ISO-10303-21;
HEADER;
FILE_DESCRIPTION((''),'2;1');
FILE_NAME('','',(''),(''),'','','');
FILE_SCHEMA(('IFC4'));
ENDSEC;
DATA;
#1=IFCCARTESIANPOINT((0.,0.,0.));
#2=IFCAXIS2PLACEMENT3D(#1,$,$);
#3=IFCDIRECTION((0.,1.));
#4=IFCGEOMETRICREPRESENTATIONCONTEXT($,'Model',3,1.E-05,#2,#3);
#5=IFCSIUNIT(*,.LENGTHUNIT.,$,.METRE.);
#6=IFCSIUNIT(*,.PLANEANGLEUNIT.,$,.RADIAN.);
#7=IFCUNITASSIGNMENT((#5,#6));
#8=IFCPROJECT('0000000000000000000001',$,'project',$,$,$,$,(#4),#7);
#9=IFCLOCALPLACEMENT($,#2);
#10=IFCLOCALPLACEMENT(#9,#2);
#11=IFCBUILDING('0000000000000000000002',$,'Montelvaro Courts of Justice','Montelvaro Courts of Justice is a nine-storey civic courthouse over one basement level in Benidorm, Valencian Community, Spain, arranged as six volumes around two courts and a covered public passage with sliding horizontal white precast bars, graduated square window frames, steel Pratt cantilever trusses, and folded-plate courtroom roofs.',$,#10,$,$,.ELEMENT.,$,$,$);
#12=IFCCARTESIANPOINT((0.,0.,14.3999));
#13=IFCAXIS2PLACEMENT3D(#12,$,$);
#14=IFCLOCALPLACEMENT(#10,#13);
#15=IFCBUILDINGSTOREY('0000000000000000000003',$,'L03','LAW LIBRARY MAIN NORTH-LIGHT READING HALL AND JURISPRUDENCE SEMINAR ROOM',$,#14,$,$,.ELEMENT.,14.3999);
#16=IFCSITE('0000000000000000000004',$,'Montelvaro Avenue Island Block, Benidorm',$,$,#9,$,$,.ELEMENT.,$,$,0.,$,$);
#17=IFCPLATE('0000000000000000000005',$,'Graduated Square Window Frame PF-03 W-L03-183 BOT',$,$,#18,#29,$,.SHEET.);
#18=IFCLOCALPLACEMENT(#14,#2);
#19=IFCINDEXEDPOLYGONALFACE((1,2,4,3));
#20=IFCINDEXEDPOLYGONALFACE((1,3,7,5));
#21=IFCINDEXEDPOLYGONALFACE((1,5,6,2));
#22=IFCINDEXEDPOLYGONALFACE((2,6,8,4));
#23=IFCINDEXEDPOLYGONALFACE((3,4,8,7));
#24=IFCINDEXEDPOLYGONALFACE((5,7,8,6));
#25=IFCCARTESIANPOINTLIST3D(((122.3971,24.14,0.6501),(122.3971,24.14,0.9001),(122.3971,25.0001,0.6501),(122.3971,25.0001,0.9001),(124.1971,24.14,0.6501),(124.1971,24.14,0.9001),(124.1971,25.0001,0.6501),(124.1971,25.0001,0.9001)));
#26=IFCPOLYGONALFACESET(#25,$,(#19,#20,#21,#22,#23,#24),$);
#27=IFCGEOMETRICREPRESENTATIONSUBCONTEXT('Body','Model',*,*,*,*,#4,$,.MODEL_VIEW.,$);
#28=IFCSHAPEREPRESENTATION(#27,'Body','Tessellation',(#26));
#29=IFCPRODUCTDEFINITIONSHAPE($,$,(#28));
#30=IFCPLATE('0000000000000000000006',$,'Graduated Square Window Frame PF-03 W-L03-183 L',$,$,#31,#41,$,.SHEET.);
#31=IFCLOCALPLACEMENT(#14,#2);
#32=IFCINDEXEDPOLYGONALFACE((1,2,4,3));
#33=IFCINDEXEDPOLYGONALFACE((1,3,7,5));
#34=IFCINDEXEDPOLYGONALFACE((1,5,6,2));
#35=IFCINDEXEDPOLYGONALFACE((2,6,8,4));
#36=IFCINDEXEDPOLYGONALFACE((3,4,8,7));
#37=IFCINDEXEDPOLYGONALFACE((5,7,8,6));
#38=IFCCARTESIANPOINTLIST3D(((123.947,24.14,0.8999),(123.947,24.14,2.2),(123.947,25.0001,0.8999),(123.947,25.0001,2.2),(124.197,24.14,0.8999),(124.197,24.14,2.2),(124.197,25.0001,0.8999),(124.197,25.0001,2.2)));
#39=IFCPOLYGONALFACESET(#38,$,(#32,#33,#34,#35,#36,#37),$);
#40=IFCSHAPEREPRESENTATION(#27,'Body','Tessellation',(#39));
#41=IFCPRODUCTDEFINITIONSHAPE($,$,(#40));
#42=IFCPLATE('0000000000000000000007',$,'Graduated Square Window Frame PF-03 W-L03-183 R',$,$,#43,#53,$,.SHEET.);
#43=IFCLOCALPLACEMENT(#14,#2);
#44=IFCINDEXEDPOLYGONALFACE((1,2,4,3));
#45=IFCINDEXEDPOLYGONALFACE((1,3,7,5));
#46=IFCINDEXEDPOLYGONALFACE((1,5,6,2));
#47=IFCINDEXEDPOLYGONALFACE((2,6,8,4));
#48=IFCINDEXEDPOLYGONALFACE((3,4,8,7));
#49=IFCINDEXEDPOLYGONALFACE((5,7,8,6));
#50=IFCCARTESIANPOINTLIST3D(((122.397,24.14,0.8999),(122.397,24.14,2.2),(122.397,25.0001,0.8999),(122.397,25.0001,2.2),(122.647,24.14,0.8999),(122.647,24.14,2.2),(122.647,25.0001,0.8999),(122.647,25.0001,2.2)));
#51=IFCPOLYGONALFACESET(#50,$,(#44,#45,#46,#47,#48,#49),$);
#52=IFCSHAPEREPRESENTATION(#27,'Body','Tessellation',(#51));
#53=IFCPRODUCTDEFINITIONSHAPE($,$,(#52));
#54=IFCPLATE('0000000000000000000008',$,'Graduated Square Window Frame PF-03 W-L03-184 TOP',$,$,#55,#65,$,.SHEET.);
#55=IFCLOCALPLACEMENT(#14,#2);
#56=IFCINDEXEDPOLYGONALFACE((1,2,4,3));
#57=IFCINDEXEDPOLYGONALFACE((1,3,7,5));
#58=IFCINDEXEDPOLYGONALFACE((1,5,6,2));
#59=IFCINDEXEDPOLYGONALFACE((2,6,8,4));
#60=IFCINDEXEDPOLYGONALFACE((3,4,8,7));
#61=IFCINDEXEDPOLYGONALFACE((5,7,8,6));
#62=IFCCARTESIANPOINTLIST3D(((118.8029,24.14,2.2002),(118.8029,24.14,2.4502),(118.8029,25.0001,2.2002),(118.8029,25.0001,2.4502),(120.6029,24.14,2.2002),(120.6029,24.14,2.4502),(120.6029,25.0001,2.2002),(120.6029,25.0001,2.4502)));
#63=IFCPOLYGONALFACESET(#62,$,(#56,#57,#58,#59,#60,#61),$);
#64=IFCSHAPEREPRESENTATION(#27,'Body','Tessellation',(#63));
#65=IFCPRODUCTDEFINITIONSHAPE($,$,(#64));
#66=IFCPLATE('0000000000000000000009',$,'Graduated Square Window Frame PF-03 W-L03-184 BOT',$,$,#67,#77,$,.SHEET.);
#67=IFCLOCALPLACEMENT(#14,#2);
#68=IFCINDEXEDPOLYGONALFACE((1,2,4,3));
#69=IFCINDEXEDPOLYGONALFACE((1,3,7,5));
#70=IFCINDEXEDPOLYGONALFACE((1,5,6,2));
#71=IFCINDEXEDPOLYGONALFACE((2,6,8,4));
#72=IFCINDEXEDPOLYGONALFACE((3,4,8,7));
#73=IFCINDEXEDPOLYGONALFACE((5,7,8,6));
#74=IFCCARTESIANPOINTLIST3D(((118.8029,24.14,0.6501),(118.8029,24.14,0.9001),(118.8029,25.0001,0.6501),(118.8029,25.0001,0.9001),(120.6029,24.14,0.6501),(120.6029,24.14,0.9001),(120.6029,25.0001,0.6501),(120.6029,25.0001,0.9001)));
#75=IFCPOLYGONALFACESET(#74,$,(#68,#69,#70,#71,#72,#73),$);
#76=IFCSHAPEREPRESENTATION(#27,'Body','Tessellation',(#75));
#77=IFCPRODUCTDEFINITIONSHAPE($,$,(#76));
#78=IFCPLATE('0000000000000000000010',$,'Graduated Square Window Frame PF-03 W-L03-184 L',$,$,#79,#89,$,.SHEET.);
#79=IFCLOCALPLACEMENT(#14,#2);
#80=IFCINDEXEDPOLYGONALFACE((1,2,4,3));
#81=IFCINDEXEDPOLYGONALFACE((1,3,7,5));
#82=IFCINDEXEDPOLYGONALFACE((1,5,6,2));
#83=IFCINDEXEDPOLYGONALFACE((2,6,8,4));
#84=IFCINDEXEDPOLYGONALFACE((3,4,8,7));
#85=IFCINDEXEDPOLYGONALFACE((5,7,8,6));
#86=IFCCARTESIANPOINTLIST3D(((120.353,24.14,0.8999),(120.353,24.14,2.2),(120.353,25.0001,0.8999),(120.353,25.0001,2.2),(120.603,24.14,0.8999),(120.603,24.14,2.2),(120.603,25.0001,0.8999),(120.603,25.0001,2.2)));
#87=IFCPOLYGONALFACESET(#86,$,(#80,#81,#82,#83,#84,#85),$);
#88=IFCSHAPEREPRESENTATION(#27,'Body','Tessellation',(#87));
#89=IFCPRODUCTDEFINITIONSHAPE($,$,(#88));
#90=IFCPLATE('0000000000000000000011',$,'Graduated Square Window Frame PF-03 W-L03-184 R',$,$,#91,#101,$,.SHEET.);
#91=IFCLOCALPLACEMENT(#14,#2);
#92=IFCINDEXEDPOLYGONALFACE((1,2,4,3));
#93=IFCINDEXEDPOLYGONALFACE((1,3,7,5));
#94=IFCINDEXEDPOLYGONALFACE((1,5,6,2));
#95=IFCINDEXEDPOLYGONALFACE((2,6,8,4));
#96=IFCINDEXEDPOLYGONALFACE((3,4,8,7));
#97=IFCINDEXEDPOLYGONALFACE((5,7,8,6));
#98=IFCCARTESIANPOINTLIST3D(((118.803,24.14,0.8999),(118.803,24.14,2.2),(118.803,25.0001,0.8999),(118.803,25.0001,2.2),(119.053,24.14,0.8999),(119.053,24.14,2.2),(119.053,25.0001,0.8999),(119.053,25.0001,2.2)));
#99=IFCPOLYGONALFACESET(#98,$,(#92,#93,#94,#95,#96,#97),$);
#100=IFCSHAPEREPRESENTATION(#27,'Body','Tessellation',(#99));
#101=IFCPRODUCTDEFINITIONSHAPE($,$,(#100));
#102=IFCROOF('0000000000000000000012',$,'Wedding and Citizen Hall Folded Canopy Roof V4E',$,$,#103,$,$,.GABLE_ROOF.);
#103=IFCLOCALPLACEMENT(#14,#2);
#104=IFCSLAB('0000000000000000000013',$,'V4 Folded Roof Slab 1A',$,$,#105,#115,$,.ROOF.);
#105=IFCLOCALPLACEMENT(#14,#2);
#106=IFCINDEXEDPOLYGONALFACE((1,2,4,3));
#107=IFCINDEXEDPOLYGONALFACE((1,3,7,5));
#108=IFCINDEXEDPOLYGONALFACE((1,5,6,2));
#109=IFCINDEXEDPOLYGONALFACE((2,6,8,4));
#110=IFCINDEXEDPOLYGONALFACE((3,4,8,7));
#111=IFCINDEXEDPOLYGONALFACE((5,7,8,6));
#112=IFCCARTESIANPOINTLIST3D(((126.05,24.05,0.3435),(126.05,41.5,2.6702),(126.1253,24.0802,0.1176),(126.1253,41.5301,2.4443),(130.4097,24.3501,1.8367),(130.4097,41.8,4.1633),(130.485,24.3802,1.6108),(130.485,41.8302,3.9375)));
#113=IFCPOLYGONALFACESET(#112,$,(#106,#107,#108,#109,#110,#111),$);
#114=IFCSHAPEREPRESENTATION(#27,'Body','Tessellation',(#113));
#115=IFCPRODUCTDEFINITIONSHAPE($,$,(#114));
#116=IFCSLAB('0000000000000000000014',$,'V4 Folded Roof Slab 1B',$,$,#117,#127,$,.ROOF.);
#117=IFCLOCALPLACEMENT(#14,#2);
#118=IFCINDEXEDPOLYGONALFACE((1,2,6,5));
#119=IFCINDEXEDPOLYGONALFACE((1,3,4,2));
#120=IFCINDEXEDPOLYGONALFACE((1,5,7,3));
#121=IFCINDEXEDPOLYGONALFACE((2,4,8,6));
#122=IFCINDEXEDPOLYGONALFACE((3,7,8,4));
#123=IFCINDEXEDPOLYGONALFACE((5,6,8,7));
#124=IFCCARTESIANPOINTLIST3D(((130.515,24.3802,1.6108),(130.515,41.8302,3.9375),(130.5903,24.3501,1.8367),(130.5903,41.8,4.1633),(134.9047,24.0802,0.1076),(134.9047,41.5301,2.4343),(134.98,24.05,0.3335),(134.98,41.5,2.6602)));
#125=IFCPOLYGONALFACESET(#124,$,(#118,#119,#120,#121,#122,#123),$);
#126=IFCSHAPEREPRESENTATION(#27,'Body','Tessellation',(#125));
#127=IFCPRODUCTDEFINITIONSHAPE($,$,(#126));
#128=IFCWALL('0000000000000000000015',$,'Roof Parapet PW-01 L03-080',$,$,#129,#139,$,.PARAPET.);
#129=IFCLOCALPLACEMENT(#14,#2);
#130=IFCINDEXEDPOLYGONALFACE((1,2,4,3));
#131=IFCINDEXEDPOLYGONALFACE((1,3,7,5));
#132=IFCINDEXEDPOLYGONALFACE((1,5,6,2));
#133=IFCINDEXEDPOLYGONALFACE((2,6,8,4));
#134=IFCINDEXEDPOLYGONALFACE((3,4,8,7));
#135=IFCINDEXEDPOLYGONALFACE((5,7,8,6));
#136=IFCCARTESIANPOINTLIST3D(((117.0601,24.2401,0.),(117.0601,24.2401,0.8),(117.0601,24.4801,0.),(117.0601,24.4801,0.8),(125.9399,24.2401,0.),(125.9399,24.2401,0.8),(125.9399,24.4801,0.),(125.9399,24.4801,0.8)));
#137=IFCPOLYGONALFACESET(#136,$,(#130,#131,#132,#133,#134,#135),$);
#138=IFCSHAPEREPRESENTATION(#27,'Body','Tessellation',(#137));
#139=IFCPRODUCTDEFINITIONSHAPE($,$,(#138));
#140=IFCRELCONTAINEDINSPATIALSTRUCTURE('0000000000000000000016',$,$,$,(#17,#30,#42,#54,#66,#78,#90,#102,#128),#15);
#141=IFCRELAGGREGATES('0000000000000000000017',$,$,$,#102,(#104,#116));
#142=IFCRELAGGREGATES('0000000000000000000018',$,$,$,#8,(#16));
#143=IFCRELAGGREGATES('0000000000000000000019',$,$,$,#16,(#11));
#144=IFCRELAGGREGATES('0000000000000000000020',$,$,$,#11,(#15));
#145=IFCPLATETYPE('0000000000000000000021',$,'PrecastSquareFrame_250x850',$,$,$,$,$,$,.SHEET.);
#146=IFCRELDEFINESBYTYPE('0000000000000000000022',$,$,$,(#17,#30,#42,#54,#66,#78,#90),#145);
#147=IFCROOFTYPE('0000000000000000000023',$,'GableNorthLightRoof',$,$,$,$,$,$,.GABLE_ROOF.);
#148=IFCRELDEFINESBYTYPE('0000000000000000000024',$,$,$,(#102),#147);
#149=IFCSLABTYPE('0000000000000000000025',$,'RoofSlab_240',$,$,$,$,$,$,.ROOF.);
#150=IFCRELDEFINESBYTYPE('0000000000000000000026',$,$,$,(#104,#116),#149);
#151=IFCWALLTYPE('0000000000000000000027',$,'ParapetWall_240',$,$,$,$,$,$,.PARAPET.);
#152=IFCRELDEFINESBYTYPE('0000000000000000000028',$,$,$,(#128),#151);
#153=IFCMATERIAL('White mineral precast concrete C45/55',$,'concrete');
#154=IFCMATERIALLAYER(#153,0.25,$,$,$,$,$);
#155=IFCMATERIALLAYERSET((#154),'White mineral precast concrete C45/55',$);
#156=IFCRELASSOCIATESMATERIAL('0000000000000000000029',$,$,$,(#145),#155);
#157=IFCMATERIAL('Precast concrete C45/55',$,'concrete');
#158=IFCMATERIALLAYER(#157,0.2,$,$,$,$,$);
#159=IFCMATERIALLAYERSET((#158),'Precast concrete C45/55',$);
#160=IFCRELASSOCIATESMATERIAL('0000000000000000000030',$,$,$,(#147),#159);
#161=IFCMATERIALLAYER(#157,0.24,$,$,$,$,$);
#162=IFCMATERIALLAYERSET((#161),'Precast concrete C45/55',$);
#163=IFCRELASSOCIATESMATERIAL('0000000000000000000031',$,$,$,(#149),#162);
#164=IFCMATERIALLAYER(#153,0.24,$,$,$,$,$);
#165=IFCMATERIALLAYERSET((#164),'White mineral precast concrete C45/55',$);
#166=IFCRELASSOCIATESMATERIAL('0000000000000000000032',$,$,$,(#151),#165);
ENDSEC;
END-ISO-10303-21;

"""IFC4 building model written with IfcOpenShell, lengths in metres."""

from ifc_helpers import new_model, si_unit, direction, frame, frame_2d, origin, origin_2d, place, context, subcontext, project, spatial, polyline, rectangle, outline, extrude, material, layer, layer_set, type_object, element, aggregate, save


model = new_model("IFC4")

# Units and contexts
model_context = context("Model", 3, precision=1e-05, world=origin(), true_north=direction((0.0, 1.0)))
body_context = subcontext(model_context, "Body", "Model", "MODEL_VIEW")
ifc_project = project(units=[si_unit("LENGTHUNIT", "METRE"), si_unit("PLANEANGLEUNIT", "RADIAN")], contexts=[model_context])

# Site, building, storey
site_placement = place(None, origin())
site = spatial("IfcSite", under=ifc_project, at=site_placement, Name="Montelvaro Avenue Island Block, Benidorm", CompositionType="ELEMENT", RefElevation=0.0)
building_placement = place(site_placement, origin())
building = spatial("IfcBuilding", under=site, at=building_placement, Name="Montelvaro Courts of Justice", Description="Montelvaro Courts of Justice is a nine-storey civic courthouse over one basement level in Benidorm, Valencian Community, Spain, arranged as six volumes around two courts and a covered public passage with sliding horizontal white precast bars, graduated square window frames, steel Pratt cantilever trusses, and folded-plate courtroom roofs.", CompositionType="ELEMENT")
storey_placement = place(building_placement, frame((0.0, 0.0, 14.3999)))
storey = spatial("IfcBuildingStorey", under=building, at=storey_placement, Name="L03", Description="LAW LIBRARY MAIN NORTH-LIGHT READING HALL AND JURISPRUDENCE SEMINAR ROOM", CompositionType="ELEMENT", Elevation=14.3999)

# Plates
ifc_material_1 = material(Name="White mineral precast concrete C45/55", Category="concrete")
ifc_layer_1 = layer(ifc_material_1, 0.25)
ifc_layer_set_1 = layer_set([ifc_layer_1], Name="White mineral precast concrete C45/55")
plate_type_1 = type_object("IfcPlateType", Name="PrecastSquareFrame_250x850", PredefinedType="SHEET", material=ifc_layer_set_1)
for number, where, z_axis, x_axis, name in (
    (1, (123.2971, 24.5701, 0.6501), (0.0, 0.0, 1.0), (-1.0, 0.0, 0.0), "Graduated Square Window Frame PF-03 W-L03-183 BOT"),
):
    element("IfcPlate", number, at=place(storey_placement, frame(where, z_axis=z_axis, x_axis=x_axis)), inside=storey, type_object=plate_type_1, Name=name, PredefinedType="SHEET", context=body_context, shape_type="SweptSolid", body=[
        extrude(rectangle(XDim=1.8, YDim=0.8601, at=origin_2d()), origin(), (0.0, 0.0, 1.0), 0.25),
    ])
for number, where, z_axis, x_axis, name in (
    (2, (124.072, 24.5701, 0.8999), (0.0, 0.0, 1.0), (-1.0, 0.0, 0.0), "Graduated Square Window Frame PF-03 W-L03-183 L"),
    (3, (122.522, 24.5701, 0.8999), (0.0, 0.0, 1.0), (-1.0, 0.0, 0.0), "Graduated Square Window Frame PF-03 W-L03-183 R"),
):
    element("IfcPlate", number, at=place(storey_placement, frame(where, z_axis=z_axis, x_axis=x_axis)), inside=storey, type_object=plate_type_1, Name=name, PredefinedType="SHEET", context=body_context, shape_type="SweptSolid", body=[
        extrude(rectangle(XDim=0.25, YDim=0.8601, at=origin_2d()), origin(), (0.0, 0.0, 1.0), 1.3),
    ])
for number, where, z_axis, x_axis, name in (
    (4, (119.7029, 24.5701, 2.2002), (0.0, 0.0, 1.0), (-1.0, 0.0, 0.0), "Graduated Square Window Frame PF-03 W-L03-184 TOP"),
    (5, (119.7029, 24.5701, 0.6501), (0.0, 0.0, 1.0), (-1.0, 0.0, 0.0), "Graduated Square Window Frame PF-03 W-L03-184 BOT"),
):
    element("IfcPlate", number, at=place(storey_placement, frame(where, z_axis=z_axis, x_axis=x_axis)), inside=storey, type_object=plate_type_1, Name=name, PredefinedType="SHEET", context=body_context, shape_type="SweptSolid", body=[
        extrude(rectangle(XDim=1.8, YDim=0.8601, at=origin_2d()), origin(), (0.0, 0.0, 1.0), 0.25),
    ])
for number, where, z_axis, x_axis, name in (
    (6, (120.478, 24.5701, 0.8999), (0.0, 0.0, 1.0), (-1.0, 0.0, 0.0), "Graduated Square Window Frame PF-03 W-L03-184 L"),
    (7, (118.928, 24.5701, 0.8999), (0.0, 0.0, 1.0), (-1.0, 0.0, 0.0), "Graduated Square Window Frame PF-03 W-L03-184 R"),
):
    element("IfcPlate", number, at=place(storey_placement, frame(where, z_axis=z_axis, x_axis=x_axis)), inside=storey, type_object=plate_type_1, Name=name, PredefinedType="SHEET", context=body_context, shape_type="SweptSolid", body=[
        extrude(rectangle(XDim=0.25, YDim=0.8601, at=origin_2d()), origin(), (0.0, 0.0, 1.0), 1.3),
    ])

# Roof, slabs
ifc_material_2 = material(Name="Precast concrete C45/55", Category="concrete")
ifc_layer_2 = layer(ifc_material_2, 0.2)
ifc_layer_set_2 = layer_set([ifc_layer_2], Name="Precast concrete C45/55")
roof_type = type_object("IfcRoofType", Name="GableNorthLightRoof", PredefinedType="GABLE_ROOF", material=ifc_layer_set_2)
roof_placement = place(storey_placement, origin())
roof = element("IfcRoof", 8, at=roof_placement, inside=storey, type_object=roof_type, Name="Wedding and Citizen Hall Folded Canopy Roof V4E", PredefinedType="GABLE_ROOF")
ifc_layer_3 = layer(ifc_material_2, 0.24)
ifc_layer_set_3 = layer_set([ifc_layer_3], Name="Precast concrete C45/55")
slab_type = type_object("IfcSlabType", Name="RoofSlab_240", PredefinedType="ROOF", material=ifc_layer_set_3)
slab_1_placement = place(storey_placement, frame((126.05, 24.05, 0.3435), z_axis=(-0.313718, -0.125492, 0.941187), x_axis=(0.944051, 0.064974, 0.323336)))
slab_1 = element("IfcSlab", 9, at=slab_1_placement, type_object=slab_type, Name="V4 Folded Roof Slab 1A", PredefinedType="ROOF", context=body_context, shape_type="SweptSolid", body=[
    extrude(outline(polyline([(0.0, 0.0), (4.618, 0.0), (6.5041, 17.5031), (1.8861, 17.5031), (0.0, 0.0)])), origin(), (0.0, 0.0, -1.0), 0.24),
])
slab_2_placement = place(storey_placement, frame((130.5903, 24.3501, 1.8367), z_axis=(0.313718, -0.125492, 0.941187), x_axis=(0.944096, -0.064532, -0.323293)))
slab_2 = element("IfcSlab", 10, at=slab_2_placement, type_object=slab_type, Name="V4 Folded Roof Slab 1B", PredefinedType="ROOF", context=body_context, shape_type="SweptSolid", body=[
    extrude(outline(polyline([(0.0, 0.0), (4.6496, 0.0), (2.7713, 17.5039), (-1.8783, 17.5039), (0.0, 0.0)])), origin(), (0.0, 0.0, -1.0), 0.24),
])
aggregate(roof, [slab_1, slab_2])

# Wall
ifc_layer_4 = layer(ifc_material_1, 0.24)
ifc_layer_set_4 = layer_set([ifc_layer_4], Name="White mineral precast concrete C45/55")
wall_type = type_object("IfcWallType", Name="ParapetWall_240", PredefinedType="PARAPET", material=ifc_layer_set_4)
wall_placement = place(storey_placement, frame((117.0601, 24.3601, 0.0), z_axis=(0.0, 0.0, 1.0), x_axis=(1.0, 0.0, 0.0)))
element("IfcWall", 11, at=wall_placement, inside=storey, type_object=wall_type, Name="Roof Parapet PW-01 L03-080", PredefinedType="PARAPET", context=body_context, shape_type="SweptSolid", body=[
    extrude(rectangle(XDim=8.8799, YDim=0.24, at=frame_2d((4.4399, 0.0))), origin(), (0.0, 0.0, 1.0), 0.8),
])

save(model, "model.ifc")
